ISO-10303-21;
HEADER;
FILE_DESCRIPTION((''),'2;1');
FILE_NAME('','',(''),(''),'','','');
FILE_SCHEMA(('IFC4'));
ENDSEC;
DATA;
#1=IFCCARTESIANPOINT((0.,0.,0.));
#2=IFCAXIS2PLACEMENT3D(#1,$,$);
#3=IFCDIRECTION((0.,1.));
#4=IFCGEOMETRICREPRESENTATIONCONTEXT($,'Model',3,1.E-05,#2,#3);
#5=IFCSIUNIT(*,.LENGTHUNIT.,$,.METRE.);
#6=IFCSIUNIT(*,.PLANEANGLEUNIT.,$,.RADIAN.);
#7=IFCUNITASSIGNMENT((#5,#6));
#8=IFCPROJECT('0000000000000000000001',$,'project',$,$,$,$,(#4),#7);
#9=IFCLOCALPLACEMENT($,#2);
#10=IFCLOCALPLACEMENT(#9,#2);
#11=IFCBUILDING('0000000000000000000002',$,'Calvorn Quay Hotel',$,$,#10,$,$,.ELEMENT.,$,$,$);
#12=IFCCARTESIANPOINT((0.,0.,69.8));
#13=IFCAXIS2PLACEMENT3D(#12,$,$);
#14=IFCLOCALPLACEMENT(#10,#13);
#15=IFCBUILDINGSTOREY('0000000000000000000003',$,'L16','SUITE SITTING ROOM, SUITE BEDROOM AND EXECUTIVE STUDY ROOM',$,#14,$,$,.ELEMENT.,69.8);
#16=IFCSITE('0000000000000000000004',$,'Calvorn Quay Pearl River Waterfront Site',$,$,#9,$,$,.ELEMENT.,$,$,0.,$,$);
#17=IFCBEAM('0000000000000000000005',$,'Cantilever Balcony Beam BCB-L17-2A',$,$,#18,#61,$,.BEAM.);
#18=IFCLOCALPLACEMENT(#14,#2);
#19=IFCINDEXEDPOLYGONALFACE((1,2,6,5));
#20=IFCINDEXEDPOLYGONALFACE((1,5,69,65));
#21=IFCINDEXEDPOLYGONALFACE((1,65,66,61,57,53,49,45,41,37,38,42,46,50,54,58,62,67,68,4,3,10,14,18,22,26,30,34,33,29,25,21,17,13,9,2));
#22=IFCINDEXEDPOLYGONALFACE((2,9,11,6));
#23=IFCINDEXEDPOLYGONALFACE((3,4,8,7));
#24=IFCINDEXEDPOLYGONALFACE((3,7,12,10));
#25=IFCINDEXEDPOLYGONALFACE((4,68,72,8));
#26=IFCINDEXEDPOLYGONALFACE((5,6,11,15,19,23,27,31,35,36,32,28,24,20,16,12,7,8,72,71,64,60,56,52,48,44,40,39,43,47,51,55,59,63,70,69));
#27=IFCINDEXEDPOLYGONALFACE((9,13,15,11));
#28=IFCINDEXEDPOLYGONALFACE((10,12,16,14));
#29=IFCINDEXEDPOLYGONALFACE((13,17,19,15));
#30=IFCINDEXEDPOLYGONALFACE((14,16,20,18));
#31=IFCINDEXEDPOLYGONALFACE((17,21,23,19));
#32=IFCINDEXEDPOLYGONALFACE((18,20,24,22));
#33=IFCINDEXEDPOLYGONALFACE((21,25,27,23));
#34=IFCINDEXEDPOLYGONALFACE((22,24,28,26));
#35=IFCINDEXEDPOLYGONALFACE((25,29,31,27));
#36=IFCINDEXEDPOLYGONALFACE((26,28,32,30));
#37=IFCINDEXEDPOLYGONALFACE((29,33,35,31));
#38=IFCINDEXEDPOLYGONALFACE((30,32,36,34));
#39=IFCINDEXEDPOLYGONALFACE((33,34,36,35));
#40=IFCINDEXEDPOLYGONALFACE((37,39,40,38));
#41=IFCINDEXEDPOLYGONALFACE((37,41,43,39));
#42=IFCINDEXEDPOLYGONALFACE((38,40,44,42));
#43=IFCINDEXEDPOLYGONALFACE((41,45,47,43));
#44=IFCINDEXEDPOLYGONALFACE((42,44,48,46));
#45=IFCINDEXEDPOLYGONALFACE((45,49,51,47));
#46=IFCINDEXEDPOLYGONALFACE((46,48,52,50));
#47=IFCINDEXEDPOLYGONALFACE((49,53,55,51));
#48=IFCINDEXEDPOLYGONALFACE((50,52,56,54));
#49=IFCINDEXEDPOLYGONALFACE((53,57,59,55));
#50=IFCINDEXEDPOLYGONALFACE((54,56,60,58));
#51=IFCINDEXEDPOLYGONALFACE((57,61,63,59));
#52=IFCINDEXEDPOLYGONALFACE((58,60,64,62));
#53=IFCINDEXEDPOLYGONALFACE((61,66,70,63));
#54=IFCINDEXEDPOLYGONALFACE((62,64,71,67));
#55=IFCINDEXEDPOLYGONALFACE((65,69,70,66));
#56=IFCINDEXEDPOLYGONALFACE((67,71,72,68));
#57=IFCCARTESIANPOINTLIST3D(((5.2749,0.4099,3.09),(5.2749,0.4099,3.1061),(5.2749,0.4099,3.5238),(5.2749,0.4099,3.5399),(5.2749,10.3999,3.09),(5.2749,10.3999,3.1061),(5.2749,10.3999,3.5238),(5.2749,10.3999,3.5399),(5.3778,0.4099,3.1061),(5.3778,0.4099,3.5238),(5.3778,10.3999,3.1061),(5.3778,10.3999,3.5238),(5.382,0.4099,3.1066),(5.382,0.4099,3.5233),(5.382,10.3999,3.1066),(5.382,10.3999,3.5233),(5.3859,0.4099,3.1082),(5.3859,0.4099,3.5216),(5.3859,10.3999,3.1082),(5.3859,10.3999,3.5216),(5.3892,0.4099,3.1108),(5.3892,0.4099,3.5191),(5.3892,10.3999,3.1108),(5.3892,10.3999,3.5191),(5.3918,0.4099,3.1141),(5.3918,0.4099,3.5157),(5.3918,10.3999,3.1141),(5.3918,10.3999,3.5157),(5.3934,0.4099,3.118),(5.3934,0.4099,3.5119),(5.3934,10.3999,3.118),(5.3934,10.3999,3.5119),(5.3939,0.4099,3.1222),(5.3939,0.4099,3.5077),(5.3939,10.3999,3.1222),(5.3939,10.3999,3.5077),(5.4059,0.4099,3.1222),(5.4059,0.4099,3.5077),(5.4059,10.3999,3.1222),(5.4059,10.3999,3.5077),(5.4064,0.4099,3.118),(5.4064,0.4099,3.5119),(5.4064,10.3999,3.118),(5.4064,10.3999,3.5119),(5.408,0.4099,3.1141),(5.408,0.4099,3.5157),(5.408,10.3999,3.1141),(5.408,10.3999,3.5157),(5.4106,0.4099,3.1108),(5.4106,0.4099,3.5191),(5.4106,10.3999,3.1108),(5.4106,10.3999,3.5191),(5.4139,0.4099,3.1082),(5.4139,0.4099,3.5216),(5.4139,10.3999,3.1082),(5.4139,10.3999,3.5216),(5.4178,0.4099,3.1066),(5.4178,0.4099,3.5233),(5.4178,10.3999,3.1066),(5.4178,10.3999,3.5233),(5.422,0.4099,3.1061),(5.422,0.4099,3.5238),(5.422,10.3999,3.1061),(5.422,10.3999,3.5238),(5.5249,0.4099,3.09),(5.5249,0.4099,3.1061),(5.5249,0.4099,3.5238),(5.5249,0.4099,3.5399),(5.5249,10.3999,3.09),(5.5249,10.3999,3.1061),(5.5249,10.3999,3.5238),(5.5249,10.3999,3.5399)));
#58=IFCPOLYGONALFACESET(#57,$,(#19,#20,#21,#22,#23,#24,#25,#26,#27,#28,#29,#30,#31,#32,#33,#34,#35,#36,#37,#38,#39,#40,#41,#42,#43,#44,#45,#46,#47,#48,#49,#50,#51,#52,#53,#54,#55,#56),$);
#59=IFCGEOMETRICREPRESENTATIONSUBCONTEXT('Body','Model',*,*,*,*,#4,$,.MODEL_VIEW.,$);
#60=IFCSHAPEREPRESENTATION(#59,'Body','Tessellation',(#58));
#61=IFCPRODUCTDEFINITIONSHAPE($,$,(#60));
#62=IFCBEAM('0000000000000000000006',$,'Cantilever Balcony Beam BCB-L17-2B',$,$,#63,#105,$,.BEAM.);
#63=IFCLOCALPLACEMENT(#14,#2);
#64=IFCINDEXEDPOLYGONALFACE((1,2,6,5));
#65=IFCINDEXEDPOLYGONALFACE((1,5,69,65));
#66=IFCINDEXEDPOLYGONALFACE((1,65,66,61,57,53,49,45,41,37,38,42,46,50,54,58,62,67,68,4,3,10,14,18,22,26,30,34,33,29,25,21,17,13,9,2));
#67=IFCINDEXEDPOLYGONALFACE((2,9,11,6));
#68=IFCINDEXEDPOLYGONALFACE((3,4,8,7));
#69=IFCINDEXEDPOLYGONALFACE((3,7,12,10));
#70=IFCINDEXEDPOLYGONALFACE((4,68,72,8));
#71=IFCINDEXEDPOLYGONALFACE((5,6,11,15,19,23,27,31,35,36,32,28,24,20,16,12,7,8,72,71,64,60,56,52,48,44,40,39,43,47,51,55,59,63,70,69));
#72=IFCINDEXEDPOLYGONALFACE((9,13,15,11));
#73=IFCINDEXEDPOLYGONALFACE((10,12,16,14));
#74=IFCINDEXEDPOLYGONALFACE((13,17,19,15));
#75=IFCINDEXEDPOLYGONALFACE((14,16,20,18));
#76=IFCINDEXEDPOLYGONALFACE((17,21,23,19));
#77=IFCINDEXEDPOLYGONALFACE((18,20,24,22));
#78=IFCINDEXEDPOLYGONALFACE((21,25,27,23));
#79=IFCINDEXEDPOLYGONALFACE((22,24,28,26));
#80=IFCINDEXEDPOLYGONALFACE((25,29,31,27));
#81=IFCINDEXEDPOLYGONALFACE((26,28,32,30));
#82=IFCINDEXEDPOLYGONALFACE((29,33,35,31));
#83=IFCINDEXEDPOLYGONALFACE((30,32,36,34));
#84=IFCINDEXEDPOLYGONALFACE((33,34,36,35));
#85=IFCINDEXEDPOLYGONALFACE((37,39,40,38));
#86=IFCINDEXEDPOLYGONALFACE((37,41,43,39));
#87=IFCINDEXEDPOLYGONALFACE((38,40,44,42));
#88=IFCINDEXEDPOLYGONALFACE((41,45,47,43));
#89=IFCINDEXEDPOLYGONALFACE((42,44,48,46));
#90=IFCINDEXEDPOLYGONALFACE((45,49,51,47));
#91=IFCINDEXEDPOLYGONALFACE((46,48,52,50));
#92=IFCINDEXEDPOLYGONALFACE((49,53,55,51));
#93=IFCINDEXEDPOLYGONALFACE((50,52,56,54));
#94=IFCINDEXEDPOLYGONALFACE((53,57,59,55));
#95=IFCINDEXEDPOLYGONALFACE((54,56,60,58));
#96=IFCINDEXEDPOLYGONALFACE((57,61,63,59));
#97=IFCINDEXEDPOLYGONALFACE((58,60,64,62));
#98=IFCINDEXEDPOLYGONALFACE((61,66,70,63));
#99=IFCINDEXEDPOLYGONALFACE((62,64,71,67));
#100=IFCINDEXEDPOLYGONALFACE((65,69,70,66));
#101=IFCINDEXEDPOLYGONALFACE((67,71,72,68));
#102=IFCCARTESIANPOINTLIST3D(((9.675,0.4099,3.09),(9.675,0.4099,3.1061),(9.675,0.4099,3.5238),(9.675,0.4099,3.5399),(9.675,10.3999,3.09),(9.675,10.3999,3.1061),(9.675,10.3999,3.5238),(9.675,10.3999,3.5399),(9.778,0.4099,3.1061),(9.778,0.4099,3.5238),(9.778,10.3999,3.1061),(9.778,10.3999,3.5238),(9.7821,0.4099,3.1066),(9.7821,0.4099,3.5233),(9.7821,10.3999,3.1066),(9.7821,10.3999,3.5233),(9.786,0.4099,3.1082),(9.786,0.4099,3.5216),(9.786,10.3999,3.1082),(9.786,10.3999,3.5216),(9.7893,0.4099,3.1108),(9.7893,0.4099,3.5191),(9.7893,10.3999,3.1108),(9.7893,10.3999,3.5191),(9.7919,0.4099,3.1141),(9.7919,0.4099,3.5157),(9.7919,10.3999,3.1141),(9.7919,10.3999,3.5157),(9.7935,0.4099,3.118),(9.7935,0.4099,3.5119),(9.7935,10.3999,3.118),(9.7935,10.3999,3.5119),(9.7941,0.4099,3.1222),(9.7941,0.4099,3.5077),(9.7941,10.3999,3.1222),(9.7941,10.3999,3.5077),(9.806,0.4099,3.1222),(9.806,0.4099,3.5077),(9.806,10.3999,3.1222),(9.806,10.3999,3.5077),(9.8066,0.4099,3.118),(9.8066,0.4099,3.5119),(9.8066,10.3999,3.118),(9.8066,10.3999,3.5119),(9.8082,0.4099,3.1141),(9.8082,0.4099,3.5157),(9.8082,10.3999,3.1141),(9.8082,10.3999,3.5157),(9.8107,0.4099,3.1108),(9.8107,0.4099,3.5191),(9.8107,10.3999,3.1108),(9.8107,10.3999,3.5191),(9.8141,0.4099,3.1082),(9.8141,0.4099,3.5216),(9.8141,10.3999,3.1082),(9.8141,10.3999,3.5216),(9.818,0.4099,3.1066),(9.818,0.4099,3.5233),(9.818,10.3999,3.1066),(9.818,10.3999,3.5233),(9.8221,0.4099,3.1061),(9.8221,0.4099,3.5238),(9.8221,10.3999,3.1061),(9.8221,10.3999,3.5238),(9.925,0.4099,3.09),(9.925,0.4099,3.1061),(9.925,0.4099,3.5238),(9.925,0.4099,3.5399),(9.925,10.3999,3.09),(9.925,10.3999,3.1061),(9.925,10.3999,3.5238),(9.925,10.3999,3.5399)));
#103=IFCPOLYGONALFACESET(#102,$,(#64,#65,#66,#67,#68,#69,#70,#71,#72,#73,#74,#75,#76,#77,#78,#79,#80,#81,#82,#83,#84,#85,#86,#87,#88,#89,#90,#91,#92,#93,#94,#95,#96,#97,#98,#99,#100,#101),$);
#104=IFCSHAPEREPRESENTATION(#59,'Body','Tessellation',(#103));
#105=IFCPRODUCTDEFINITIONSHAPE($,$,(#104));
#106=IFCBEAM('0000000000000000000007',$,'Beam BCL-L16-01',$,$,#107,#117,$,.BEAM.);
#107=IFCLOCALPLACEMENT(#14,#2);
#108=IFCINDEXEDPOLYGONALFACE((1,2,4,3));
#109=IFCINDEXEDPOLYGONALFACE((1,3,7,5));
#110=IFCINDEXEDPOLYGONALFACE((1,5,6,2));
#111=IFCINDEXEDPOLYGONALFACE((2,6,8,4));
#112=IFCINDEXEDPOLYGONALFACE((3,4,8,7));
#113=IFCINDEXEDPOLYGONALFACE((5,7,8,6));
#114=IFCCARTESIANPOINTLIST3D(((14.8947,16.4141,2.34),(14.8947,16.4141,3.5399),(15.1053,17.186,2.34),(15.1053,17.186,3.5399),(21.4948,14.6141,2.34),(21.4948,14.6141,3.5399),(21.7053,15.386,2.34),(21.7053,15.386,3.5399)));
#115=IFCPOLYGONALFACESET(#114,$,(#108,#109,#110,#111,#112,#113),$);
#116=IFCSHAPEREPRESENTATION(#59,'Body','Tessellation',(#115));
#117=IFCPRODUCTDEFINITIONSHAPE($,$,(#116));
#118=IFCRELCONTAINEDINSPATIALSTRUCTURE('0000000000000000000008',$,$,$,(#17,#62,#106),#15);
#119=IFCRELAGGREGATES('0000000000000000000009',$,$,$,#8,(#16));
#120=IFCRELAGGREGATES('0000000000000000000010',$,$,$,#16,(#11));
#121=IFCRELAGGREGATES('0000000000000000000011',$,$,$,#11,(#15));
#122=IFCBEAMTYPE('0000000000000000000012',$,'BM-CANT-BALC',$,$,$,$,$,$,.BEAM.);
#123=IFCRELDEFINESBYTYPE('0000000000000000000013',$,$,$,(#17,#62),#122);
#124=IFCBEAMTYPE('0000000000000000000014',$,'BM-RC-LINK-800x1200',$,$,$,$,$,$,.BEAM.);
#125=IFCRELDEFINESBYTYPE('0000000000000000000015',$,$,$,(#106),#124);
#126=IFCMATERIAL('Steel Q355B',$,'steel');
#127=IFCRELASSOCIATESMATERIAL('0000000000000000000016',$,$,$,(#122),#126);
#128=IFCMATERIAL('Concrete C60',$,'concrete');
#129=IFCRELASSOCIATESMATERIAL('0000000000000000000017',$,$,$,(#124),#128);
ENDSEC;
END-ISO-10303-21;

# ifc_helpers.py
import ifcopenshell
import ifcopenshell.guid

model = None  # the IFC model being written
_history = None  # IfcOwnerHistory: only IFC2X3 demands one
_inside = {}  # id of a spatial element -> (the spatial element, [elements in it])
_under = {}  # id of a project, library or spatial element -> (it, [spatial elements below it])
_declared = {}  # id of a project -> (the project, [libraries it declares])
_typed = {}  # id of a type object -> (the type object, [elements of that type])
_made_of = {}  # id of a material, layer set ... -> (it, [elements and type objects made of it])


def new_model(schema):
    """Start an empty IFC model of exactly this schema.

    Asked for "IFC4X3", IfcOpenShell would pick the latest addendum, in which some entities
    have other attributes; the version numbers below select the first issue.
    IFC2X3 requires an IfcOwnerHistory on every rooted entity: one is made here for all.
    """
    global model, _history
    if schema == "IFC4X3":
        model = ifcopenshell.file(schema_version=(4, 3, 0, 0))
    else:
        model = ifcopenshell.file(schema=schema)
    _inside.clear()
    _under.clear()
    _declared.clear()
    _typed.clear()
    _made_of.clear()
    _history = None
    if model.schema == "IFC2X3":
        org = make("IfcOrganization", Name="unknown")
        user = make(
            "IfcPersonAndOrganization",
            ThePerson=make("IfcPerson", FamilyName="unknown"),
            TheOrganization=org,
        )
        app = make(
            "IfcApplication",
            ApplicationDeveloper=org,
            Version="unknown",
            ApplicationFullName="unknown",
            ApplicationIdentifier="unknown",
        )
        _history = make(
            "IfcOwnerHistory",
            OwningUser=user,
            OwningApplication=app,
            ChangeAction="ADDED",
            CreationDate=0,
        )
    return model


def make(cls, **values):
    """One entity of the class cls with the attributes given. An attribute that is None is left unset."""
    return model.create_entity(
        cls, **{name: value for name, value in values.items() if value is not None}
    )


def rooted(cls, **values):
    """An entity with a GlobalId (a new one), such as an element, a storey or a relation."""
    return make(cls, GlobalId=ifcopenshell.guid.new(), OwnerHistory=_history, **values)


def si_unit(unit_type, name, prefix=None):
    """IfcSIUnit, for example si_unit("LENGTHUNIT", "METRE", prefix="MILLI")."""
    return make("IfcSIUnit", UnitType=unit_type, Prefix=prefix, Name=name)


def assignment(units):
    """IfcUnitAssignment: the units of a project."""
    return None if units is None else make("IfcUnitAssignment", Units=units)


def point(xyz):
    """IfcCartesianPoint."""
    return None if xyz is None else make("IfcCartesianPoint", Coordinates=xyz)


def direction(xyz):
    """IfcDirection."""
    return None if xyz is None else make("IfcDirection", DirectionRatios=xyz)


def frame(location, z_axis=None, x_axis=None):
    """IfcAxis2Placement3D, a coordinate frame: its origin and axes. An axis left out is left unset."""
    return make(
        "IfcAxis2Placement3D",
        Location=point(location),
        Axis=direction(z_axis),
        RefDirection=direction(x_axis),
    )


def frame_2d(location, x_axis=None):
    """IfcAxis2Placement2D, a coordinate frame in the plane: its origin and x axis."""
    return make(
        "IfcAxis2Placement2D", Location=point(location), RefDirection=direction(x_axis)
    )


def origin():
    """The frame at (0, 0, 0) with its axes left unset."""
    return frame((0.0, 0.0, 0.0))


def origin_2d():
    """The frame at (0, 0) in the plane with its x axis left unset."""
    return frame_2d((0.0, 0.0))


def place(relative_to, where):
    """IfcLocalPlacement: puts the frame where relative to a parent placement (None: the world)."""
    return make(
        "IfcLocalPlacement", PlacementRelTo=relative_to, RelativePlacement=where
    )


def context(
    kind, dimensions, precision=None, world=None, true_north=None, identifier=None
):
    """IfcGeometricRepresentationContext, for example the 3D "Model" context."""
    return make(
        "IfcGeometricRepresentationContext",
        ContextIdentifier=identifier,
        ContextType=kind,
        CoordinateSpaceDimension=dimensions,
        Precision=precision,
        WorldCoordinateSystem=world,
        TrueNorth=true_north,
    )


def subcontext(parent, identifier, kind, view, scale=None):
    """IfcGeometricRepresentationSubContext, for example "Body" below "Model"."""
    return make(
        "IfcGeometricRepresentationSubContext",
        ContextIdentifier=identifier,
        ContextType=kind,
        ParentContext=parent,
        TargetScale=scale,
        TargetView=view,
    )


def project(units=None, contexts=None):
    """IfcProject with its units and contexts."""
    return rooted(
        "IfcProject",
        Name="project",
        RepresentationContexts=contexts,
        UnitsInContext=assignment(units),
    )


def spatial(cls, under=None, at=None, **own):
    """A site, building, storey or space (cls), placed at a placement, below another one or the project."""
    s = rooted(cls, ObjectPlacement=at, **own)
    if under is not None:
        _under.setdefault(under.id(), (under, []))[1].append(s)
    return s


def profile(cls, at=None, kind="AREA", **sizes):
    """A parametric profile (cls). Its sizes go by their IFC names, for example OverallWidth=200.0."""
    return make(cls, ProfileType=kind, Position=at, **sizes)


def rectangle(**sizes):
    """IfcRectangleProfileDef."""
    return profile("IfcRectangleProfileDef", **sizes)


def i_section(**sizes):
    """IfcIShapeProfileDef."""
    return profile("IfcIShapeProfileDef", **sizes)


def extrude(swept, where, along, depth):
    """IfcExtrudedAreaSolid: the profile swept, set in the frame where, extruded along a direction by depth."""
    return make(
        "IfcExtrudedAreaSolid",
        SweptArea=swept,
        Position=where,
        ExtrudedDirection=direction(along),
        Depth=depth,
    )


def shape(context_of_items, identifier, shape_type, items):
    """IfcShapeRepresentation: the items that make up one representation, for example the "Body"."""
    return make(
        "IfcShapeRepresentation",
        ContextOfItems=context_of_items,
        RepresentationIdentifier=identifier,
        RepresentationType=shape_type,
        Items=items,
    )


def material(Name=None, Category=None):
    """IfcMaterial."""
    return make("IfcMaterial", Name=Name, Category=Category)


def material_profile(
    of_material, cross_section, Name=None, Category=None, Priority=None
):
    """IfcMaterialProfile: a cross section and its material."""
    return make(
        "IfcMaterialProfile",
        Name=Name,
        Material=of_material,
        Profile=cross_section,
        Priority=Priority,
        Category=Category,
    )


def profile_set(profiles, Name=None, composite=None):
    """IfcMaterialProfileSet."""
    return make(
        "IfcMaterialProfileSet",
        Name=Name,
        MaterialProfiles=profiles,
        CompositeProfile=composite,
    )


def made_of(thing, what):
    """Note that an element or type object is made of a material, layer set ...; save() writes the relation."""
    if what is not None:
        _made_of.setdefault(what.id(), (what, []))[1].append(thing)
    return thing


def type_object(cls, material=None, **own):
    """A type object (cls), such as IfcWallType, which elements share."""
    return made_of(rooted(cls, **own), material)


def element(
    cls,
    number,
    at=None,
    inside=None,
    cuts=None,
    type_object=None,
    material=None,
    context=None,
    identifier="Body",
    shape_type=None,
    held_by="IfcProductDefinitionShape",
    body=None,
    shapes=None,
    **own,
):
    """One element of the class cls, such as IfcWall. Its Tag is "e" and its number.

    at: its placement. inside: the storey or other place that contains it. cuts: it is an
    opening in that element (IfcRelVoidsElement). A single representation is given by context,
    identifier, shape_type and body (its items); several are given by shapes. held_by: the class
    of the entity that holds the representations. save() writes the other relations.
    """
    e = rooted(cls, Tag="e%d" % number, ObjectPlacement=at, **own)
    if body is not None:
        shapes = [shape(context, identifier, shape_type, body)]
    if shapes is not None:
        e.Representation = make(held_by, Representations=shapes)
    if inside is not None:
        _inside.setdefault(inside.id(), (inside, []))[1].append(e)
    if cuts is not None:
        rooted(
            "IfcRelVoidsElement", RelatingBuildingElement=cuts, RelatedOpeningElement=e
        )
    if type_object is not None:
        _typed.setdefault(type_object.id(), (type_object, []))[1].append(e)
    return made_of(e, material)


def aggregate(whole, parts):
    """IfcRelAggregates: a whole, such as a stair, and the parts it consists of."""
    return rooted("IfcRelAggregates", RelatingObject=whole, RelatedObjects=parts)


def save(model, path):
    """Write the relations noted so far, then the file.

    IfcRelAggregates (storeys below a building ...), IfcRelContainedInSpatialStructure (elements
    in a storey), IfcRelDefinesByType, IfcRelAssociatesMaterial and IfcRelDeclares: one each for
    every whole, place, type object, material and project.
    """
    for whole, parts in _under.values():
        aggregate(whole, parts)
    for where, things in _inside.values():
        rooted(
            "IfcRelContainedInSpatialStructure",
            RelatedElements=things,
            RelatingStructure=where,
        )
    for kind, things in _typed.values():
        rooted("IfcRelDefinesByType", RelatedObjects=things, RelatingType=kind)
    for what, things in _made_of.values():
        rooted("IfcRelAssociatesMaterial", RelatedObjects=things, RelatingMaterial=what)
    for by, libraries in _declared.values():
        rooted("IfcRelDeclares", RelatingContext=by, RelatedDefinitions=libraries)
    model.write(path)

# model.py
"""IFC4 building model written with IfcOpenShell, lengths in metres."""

from ifc_helpers import new_model, si_unit, direction, frame, origin, origin_2d, place, context, subcontext, project, spatial, rectangle, i_section, extrude, material, material_profile, profile_set, type_object, element, save


model = new_model("IFC4")

# Units and contexts
model_context = context("Model", 3, precision=1e-05, world=origin(), true_north=direction((0.0, 1.0)))
body_context = subcontext(model_context, "Body", "Model", "MODEL_VIEW")
ifc_project = project(units=[si_unit("LENGTHUNIT", "METRE"), si_unit("PLANEANGLEUNIT", "RADIAN")], contexts=[model_context])

# Site, building, storey
site_placement = place(None, origin())
site = spatial("IfcSite", under=ifc_project, at=site_placement, Name="Calvorn Quay Pearl River Waterfront Site", CompositionType="ELEMENT", RefElevation=0.0)
building_placement = place(site_placement, origin())
building = spatial("IfcBuilding", under=site, at=building_placement, Name="Calvorn Quay Hotel", CompositionType="ELEMENT")
storey_placement = place(building_placement, frame((0.0, 0.0, 69.8)))
storey = spatial("IfcBuildingStorey", under=building, at=storey_placement, Name="L16", Description="SUITE SITTING ROOM, SUITE BEDROOM AND EXECUTIVE STUDY ROOM", CompositionType="ELEMENT", Elevation=69.8)

# Beams
ifc_material_1 = material(Name="Steel Q355B", Category="steel")
ifc_material_profile_1 = material_profile(ifc_material_1, i_section(OverallWidth=0.25, OverallDepth=0.45, WebThickness=0.012, FlangeThickness=0.0161, FilletRadius=0.0161, at=origin_2d()), Name="HN450x250x12x16")
ifc_profile_set_1 = profile_set([ifc_material_profile_1], Name="Steel Q355B")
beam_type_1 = type_object("IfcBeamType", Name="BM-CANT-BALC", PredefinedType="BEAM", material=ifc_profile_set_1)
for number, where, z_axis, x_axis, name in (
    (1, (5.3999, 10.3999, 3.3149), (0.0, -1.0, 0.0), (1.0, 0.0, 0.0), "Cantilever Balcony Beam BCB-L17-2A"),
    (2, (9.8, 10.3999, 3.3149), (0.0, -1.0, 0.0), (1.0, 0.0, 0.0), "Cantilever Balcony Beam BCB-L17-2B"),
):
    element("IfcBeam", number, at=place(storey_placement, frame(where, z_axis=z_axis, x_axis=x_axis)), inside=storey, type_object=beam_type_1, Name=name, PredefinedType="BEAM", context=body_context, shape_type="SweptSolid", body=[
        extrude(i_section(OverallWidth=0.25, OverallDepth=0.45, WebThickness=0.012, FlangeThickness=0.0161, FilletRadius=0.0161, at=origin_2d()), origin(), (0.0, 0.0, 1.0), 9.99),
    ])
ifc_material_2 = material(Name="Concrete C60", Category="concrete")
ifc_material_profile_2 = material_profile(ifc_material_2, rectangle(XDim=0.8, YDim=1.2, at=origin_2d()), Name="RCB800x1200")
ifc_profile_set_2 = profile_set([ifc_material_profile_2], Name="Concrete C60")
beam_type_2 = type_object("IfcBeamType", Name="BM-RC-LINK-800x1200", PredefinedType="BEAM", material=ifc_profile_set_2)
beam_placement = place(storey_placement, frame((15.0, 16.8, 2.9399), z_axis=(0.964763, -0.26312, 0.0), x_axis=(0.26312, 0.964763, 0.0)))
element("IfcBeam", 3, at=beam_placement, inside=storey, type_object=beam_type_2, Name="Beam BCL-L16-01", PredefinedType="BEAM", context=body_context, shape_type="SweptSolid", body=[
    extrude(rectangle(XDim=0.8, YDim=1.2, at=origin_2d()), origin(), (0.0, 0.0, 1.0), 6.8411),
])

save(model, "model.ifc")
